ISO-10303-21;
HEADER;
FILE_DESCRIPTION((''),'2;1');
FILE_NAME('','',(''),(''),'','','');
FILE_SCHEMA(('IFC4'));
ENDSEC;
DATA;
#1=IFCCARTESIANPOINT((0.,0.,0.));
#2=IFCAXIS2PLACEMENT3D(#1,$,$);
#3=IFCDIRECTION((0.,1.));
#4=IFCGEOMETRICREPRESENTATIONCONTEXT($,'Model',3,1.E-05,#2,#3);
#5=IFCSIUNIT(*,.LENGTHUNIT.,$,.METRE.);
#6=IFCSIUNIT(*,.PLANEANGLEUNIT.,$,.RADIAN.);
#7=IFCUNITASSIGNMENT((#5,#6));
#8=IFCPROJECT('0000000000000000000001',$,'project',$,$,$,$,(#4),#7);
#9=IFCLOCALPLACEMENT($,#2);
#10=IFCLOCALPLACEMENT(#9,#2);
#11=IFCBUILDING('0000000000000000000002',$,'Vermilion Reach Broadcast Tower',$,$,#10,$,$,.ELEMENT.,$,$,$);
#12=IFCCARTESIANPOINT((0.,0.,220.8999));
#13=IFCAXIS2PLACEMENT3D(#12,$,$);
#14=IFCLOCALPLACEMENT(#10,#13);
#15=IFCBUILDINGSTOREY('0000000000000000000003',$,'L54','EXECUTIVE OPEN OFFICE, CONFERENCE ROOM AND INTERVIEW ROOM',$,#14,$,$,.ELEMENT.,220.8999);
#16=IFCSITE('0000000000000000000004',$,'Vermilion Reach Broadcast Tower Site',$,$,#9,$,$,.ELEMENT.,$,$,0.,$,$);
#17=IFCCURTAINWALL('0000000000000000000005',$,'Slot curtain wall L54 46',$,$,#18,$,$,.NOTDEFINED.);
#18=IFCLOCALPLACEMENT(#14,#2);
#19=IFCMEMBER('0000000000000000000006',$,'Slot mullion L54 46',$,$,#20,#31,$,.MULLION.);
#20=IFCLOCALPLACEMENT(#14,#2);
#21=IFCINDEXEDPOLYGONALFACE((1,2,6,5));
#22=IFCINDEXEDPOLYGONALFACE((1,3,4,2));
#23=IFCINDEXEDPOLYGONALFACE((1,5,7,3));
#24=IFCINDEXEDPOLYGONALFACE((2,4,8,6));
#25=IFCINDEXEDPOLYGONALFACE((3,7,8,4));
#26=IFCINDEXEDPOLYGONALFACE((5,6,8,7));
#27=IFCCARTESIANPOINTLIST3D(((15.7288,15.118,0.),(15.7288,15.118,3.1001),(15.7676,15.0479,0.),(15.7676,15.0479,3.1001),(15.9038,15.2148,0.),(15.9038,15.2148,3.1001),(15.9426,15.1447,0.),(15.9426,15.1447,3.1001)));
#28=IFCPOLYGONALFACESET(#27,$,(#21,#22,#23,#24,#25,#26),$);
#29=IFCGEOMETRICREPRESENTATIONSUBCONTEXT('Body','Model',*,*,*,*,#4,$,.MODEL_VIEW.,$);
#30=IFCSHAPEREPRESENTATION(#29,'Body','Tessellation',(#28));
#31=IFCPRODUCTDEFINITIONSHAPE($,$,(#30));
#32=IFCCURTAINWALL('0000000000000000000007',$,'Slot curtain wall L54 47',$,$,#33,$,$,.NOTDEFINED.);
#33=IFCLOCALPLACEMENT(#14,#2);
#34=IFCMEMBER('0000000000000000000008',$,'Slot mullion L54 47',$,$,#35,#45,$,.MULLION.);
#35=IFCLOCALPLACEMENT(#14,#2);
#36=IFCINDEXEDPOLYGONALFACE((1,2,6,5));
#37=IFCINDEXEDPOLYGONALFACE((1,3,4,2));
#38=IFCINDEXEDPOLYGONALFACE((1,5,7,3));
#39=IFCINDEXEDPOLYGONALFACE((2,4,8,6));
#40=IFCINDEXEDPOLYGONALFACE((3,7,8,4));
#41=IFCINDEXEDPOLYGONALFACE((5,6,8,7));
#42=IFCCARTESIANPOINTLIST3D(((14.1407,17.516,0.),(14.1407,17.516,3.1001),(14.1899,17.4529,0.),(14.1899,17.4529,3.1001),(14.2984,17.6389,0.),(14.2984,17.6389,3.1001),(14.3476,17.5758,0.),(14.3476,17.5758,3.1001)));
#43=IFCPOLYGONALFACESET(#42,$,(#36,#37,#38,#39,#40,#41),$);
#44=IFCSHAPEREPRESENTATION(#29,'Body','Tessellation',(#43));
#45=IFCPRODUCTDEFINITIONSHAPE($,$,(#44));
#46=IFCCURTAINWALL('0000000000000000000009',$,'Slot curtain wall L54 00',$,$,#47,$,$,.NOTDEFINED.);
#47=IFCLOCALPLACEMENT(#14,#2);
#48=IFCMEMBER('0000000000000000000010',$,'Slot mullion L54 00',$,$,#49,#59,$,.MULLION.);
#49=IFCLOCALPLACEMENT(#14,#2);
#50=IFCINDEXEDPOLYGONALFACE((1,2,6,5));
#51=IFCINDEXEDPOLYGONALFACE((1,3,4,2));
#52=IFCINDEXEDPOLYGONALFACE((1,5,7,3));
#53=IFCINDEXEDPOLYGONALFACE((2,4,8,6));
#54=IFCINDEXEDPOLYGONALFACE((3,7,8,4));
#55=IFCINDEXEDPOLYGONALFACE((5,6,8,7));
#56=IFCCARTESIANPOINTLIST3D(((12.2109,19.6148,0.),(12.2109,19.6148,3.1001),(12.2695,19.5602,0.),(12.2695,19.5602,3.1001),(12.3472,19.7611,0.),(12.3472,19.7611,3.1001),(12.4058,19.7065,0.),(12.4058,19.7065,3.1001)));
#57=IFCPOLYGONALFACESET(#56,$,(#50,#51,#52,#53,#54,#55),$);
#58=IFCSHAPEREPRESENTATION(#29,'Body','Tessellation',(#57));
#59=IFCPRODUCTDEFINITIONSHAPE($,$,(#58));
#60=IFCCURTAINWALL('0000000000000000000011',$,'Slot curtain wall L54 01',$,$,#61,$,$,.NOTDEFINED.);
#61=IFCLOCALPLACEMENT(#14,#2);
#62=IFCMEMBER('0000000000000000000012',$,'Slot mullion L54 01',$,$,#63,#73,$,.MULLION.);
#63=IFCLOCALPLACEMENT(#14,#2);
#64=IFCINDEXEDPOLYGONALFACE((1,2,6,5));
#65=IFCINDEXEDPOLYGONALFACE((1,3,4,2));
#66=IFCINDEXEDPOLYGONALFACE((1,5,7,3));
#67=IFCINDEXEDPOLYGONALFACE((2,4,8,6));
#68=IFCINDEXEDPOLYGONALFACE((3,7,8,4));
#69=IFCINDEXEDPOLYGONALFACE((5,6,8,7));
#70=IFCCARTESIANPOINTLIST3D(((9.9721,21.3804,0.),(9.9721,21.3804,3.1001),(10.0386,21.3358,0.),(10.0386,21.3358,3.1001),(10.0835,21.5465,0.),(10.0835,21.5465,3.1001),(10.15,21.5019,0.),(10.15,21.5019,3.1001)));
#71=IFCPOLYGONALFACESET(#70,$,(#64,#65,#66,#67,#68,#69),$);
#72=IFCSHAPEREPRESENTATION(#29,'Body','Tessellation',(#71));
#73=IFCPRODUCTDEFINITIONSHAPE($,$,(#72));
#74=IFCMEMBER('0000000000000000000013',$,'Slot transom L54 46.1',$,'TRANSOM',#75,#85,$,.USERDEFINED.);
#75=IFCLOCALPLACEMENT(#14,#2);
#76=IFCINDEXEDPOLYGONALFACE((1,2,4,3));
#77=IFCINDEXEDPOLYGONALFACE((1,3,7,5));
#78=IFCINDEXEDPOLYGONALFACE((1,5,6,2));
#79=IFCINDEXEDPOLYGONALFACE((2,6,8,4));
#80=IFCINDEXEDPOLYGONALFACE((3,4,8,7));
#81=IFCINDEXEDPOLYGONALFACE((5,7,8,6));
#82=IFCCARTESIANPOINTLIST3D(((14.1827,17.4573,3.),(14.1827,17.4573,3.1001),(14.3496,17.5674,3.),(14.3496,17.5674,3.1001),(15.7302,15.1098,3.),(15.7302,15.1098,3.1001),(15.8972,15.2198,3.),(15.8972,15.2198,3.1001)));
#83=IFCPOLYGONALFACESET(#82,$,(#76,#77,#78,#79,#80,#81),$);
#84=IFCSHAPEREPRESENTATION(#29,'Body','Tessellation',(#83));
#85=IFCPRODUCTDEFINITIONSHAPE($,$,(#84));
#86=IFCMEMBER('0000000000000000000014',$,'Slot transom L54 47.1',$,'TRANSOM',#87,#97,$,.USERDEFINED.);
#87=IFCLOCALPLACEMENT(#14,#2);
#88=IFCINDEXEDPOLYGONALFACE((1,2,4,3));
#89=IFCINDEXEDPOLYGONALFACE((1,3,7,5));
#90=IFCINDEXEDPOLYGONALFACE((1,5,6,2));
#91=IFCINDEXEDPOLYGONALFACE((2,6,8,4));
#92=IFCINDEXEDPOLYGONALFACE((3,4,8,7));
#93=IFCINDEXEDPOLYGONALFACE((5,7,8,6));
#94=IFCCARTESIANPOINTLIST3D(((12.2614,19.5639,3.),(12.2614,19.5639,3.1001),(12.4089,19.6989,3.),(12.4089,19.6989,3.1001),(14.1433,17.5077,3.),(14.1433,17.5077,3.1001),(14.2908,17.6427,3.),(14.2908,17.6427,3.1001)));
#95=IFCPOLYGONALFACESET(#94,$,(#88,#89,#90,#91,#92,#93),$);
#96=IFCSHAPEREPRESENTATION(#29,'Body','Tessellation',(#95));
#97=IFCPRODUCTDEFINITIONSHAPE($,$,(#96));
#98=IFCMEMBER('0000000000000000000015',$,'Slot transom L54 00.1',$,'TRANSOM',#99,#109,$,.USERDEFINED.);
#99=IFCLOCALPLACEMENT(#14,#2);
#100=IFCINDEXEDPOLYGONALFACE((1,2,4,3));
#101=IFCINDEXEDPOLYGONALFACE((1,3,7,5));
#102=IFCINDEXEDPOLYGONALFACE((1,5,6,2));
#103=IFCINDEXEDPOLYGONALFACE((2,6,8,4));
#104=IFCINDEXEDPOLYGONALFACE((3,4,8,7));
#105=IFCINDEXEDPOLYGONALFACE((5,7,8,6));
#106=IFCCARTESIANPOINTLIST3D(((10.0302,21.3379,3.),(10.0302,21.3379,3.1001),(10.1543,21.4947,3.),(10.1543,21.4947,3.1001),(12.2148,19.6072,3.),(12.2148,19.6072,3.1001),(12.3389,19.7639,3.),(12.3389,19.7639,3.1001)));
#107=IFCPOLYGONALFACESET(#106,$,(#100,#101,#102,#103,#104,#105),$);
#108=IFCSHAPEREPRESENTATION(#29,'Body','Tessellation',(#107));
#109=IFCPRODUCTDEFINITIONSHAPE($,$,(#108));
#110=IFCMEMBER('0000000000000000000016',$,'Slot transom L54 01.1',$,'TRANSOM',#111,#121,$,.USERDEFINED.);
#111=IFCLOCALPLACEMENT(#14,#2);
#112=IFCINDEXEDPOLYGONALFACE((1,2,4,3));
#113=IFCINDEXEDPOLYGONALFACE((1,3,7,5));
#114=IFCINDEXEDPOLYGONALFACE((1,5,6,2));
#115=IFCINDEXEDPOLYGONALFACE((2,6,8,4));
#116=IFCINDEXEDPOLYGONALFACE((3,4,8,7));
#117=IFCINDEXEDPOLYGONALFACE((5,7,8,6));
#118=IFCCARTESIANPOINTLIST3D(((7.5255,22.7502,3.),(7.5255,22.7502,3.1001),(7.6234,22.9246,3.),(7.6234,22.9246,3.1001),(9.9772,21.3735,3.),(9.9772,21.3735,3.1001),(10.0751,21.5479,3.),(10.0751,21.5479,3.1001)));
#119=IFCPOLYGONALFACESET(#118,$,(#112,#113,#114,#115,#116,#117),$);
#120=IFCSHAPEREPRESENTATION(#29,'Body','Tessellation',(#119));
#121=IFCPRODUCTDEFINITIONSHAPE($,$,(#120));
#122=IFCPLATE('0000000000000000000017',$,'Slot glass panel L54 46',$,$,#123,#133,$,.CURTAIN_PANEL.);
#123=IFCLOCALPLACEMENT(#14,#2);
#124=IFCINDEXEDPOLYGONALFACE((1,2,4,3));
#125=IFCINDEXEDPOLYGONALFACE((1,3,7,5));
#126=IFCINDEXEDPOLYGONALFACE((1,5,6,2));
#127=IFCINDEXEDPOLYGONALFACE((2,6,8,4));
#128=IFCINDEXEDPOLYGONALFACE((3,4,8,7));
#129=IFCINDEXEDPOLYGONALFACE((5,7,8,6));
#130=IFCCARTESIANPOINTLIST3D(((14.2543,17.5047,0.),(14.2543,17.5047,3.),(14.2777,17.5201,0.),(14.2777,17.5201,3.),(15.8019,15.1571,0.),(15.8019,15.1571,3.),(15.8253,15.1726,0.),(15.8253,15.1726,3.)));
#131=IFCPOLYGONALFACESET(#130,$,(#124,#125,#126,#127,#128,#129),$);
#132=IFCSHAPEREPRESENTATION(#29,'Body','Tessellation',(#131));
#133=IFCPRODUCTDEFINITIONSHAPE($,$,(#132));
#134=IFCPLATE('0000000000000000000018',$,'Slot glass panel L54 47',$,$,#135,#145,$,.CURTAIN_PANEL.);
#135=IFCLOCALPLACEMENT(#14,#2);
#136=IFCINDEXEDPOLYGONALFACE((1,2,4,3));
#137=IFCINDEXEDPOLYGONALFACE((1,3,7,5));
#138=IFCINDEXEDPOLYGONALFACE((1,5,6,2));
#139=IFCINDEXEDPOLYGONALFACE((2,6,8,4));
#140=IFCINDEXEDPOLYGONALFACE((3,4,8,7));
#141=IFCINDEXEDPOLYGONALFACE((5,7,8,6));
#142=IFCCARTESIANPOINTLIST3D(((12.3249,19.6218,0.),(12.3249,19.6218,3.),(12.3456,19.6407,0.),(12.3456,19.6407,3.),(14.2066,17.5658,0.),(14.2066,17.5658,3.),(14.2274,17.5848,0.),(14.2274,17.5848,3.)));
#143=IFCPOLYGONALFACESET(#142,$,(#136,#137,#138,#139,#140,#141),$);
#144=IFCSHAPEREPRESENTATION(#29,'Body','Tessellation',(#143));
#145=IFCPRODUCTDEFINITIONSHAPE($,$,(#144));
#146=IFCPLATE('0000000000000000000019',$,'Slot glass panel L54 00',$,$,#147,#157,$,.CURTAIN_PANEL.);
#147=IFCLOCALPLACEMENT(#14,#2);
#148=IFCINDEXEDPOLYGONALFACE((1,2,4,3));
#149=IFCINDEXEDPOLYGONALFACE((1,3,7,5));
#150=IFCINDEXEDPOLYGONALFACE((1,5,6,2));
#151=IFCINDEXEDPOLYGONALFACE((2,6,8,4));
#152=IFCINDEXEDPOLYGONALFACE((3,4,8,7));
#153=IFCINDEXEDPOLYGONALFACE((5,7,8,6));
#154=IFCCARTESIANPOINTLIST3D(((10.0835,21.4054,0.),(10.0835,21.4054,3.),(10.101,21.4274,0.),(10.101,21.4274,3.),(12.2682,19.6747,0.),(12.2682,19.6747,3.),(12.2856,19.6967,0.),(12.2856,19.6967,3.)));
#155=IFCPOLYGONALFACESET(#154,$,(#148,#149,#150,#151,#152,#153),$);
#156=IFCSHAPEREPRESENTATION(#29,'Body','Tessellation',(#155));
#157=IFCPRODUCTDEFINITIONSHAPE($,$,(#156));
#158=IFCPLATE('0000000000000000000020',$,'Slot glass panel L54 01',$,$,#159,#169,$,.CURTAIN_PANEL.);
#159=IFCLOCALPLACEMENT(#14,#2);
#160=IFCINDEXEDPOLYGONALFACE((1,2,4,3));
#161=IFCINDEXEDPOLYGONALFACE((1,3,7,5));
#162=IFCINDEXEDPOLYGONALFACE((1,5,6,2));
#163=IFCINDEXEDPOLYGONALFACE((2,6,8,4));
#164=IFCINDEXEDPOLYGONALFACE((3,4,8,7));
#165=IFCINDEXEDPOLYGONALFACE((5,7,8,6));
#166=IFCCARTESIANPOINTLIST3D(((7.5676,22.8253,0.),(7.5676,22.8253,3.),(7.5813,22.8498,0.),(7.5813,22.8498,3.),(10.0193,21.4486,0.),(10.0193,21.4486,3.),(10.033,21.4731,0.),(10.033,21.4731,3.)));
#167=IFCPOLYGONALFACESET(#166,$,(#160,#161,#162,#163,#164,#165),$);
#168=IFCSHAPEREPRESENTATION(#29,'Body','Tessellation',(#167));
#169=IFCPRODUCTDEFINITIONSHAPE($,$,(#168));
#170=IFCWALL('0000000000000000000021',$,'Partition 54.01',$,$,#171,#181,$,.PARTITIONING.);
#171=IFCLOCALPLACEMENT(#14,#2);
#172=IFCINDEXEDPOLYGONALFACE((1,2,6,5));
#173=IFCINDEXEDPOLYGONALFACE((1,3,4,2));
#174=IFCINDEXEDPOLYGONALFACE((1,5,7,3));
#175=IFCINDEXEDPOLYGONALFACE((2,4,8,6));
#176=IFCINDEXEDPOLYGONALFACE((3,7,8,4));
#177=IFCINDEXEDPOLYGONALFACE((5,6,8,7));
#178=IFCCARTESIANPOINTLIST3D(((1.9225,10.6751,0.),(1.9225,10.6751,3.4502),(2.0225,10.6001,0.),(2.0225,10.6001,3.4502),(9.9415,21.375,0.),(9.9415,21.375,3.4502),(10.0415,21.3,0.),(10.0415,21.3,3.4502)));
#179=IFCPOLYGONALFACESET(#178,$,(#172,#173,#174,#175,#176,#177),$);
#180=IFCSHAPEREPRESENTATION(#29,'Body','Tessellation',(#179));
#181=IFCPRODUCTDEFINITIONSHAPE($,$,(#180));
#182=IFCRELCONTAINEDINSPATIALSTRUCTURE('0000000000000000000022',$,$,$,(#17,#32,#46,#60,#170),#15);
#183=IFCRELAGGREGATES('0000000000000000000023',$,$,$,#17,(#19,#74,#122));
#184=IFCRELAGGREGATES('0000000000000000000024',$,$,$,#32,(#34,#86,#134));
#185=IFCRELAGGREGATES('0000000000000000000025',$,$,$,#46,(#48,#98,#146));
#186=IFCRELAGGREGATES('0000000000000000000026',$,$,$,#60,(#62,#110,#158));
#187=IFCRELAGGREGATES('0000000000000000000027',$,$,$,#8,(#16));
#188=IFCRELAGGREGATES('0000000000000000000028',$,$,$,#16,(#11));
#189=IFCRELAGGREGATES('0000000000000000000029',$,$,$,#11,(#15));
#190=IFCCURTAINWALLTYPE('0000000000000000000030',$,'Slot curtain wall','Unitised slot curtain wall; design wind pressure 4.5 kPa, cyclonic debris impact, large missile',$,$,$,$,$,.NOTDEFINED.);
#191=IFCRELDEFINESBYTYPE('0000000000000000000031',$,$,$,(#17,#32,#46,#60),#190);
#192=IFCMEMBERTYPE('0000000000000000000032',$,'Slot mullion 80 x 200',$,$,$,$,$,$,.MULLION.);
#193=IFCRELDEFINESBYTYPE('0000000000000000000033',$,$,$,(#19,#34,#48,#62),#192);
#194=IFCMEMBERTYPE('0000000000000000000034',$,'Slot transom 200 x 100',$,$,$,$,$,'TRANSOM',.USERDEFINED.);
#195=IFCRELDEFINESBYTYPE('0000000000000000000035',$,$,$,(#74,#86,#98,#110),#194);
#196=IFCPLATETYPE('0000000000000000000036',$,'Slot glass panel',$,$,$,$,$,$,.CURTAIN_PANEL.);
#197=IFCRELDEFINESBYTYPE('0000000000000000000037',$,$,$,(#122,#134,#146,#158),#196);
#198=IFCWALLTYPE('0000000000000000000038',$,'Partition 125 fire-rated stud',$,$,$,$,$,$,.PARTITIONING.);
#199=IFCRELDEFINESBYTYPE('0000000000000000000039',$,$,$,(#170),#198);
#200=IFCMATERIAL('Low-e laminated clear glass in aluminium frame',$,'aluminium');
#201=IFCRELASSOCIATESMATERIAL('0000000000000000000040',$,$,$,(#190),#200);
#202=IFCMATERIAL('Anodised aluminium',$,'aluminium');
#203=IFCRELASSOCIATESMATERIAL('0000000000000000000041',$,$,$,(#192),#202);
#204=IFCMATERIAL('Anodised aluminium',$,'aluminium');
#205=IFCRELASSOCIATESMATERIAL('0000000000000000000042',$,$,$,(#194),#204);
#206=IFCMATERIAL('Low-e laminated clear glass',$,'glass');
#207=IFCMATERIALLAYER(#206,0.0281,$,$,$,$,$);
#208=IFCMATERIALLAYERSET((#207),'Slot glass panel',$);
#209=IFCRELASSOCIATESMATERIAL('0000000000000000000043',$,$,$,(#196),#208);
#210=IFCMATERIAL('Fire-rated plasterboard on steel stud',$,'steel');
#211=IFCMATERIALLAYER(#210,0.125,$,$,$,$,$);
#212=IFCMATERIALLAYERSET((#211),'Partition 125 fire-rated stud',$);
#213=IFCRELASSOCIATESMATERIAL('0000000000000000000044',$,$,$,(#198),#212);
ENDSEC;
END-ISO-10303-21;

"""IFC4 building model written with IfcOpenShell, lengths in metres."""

from ifc_helpers import new_model, si_unit, direction, frame, frame_2d, origin, origin_2d, place, context, subcontext, project, spatial, rectangle, extrude, material, layer, layer_set, material_profile, profile_set, type_object, element, aggregate, save


model = new_model("IFC4")

# Units and contexts
model_context = context("Model", 3, precision=1e-05, world=origin(), true_north=direction((0.0, 1.0)))
body_context = subcontext(model_context, "Body", "Model", "MODEL_VIEW")
ifc_project = project(units=[si_unit("LENGTHUNIT", "METRE"), si_unit("PLANEANGLEUNIT", "RADIAN")], contexts=[model_context])

# Site, building, storey
site_placement = place(None, origin())
site = spatial("IfcSite", under=ifc_project, at=site_placement, Name="Vermilion Reach Broadcast Tower Site", CompositionType="ELEMENT", RefElevation=0.0)
building_placement = place(site_placement, origin())
building = spatial("IfcBuilding", under=site, at=building_placement, Name="Vermilion Reach Broadcast Tower", CompositionType="ELEMENT")
storey_placement = place(building_placement, frame((0.0, 0.0, 220.8999)))
storey = spatial("IfcBuildingStorey", under=building, at=storey_placement, Name="L54", Description="EXECUTIVE OPEN OFFICE, CONFERENCE ROOM AND INTERVIEW ROOM", CompositionType="ELEMENT", Elevation=220.8999)

# Curtain walls, members
ifc_material_1 = material(Name="Low-e laminated clear glass in aluminium frame", Category="aluminium")
curtain_wall_type = type_object("IfcCurtainWallType", Name="Slot curtain wall", Description="Unitised slot curtain wall; design wind pressure 4.5 kPa, cyclonic debris impact, large missile", PredefinedType="NOTDEFINED", material=ifc_material_1)
placement = place(storey_placement, origin())
curtain_wall_1 = element("IfcCurtainWall", 1, at=placement, inside=storey, type_object=curtain_wall_type, Name="Slot curtain wall L54 46", PredefinedType="NOTDEFINED")
ifc_material_2 = material(Name="Anodised aluminium", Category="aluminium")
ifc_material_profile_1 = material_profile(ifc_material_2, rectangle(XDim=0.2, YDim=0.0801, at=origin_2d()), Name="Slot mullion 80 x 200")
ifc_profile_set_1 = profile_set([ifc_material_profile_1], Name="Anodised aluminium")
member_type_1 = type_object("IfcMemberType", Name="Slot mullion 80 x 200", PredefinedType="MULLION", material=ifc_profile_set_1)
member_1_placement = place(storey_placement, frame((15.8357, 15.1313, 0.0), z_axis=(0.0, 0.0, 1.0), x_axis=(-0.874903, -0.484299, 0.0)))
member_1 = element("IfcMember", 2, at=member_1_placement, type_object=member_type_1, Name="Slot mullion L54 46", PredefinedType="MULLION", context=body_context, shape_type="SweptSolid", body=[
    extrude(rectangle(XDim=0.2, YDim=0.0801, at=origin_2d()), origin(), (0.0, 0.0, 1.0), 3.1001),
])
curtain_wall_2 = element("IfcCurtainWall", 3, at=placement, inside=storey, type_object=curtain_wall_type, Name="Slot curtain wall L54 47", PredefinedType="NOTDEFINED")
member_2_placement = place(storey_placement, frame((14.2441, 17.5459, 0.0), z_axis=(0.0, 0.0, 1.0), x_axis=(-0.78875, -0.614714, 0.0)))
member_2 = element("IfcMember", 4, at=member_2_placement, type_object=member_type_1, Name="Slot mullion L54 47", PredefinedType="MULLION", context=body_context, shape_type="SweptSolid", body=[
    extrude(rectangle(XDim=0.2, YDim=0.0801, at=origin_2d()), origin(), (0.0, 0.0, 1.0), 3.1001),
])
curtain_wall_3 = element("IfcCurtainWall", 5, at=placement, inside=storey, type_object=curtain_wall_type, Name="Slot curtain wall L54 00", PredefinedType="NOTDEFINED")
member_3_placement = place(storey_placement, frame((12.3083, 19.6606, 0.0), z_axis=(0.0, 0.0, 1.0), x_axis=(-0.681487, -0.73183, 0.0)))
member_3 = element("IfcMember", 6, at=member_3_placement, type_object=member_type_1, Name="Slot mullion L54 00", PredefinedType="MULLION", context=body_context, shape_type="SweptSolid", body=[
    extrude(rectangle(XDim=0.2, YDim=0.0801, at=origin_2d()), origin(), (0.0, 0.0, 1.0), 3.1001),
])
curtain_wall_4 = element("IfcCurtainWall", 7, at=placement, inside=storey, type_object=curtain_wall_type, Name="Slot curtain wall L54 01", PredefinedType="NOTDEFINED")
member_4_placement = place(storey_placement, frame((10.061, 21.4412, 0.0), z_axis=(0.0, 0.0, 1.0), x_axis=(-0.557037, -0.830488, 0.0)))
member_4 = element("IfcMember", 8, at=member_4_placement, type_object=member_type_1, Name="Slot mullion L54 01", PredefinedType="MULLION", context=body_context, shape_type="SweptSolid", body=[
    extrude(rectangle(XDim=0.2, YDim=0.0801, at=origin_2d()), origin(), (0.0, 0.0, 1.0), 3.1001),
])

# Members
ifc_material_3 = material(Name="Anodised aluminium", Category="aluminium")
ifc_material_profile_2 = material_profile(ifc_material_3, rectangle(XDim=0.2, YDim=0.1001, at=origin_2d()), Name="Slot transom 200 x 100")
ifc_profile_set_2 = profile_set([ifc_material_profile_2], Name="Anodised aluminium")
member_type_2 = type_object("IfcMemberType", Name="Slot transom 200 x 100", ElementType="TRANSOM", PredefinedType="USERDEFINED", material=ifc_profile_set_2)
member_5_placement = place(storey_placement, frame((15.8137, 15.1648, 3.05), z_axis=(-0.550385, 0.834911, 0.0), x_axis=(-0.834911, -0.550385, 0.0)))
member_5 = element("IfcMember", 9, at=member_5_placement, type_object=member_type_2, Name="Slot transom L54 46.1", ObjectType="TRANSOM", PredefinedType="USERDEFINED", context=body_context, shape_type="SweptSolid", body=[
    extrude(rectangle(XDim=0.2, YDim=0.1001, at=origin_2d()), origin(), (0.0, 0.0, 1.0), 2.8118),
])
member_6_placement = place(storey_placement, frame((14.217, 17.5752, 3.05), z_axis=(-0.675145, 0.737685, 0.0), x_axis=(-0.737685, -0.675145, 0.0)))
member_6 = element("IfcMember", 10, at=member_6_placement, type_object=member_type_2, Name="Slot transom L54 47.1", ObjectType="TRANSOM", PredefinedType="USERDEFINED", context=body_context, shape_type="SweptSolid", body=[
    extrude(rectangle(XDim=0.2, YDim=0.1001, at=origin_2d()), origin(), (0.0, 0.0, 1.0), 2.7874),
])
member_7_placement = place(storey_placement, frame((12.2769, 19.6855, 3.05), z_axis=(-0.783826, 0.620981, 0.0), x_axis=(-0.620981, -0.783826, 0.0)))
member_7 = element("IfcMember", 11, at=member_7_placement, type_object=member_type_2, Name="Slot transom L54 00.1", ObjectType="TRANSOM", PredefinedType="USERDEFINED", context=body_context, shape_type="SweptSolid", body=[
    extrude(rectangle(XDim=0.2, YDim=0.1001, at=origin_2d()), origin(), (0.0, 0.0, 1.0), 2.7871),
])
member_8_placement = place(storey_placement, frame((10.0261, 21.4607, 3.05), z_axis=(-0.871932, 0.489626, 0.0), x_axis=(-0.489626, -0.871932, 0.0)))
member_8 = element("IfcMember", 12, at=member_8_placement, type_object=member_type_2, Name="Slot transom L54 01.1", ObjectType="TRANSOM", PredefinedType="USERDEFINED", context=body_context, shape_type="SweptSolid", body=[
    extrude(rectangle(XDim=0.2, YDim=0.1001, at=origin_2d()), origin(), (0.0, 0.0, 1.0), 2.8118),
])

# Plates
ifc_material_4 = material(Name="Low-e laminated clear glass", Category="glass")
ifc_layer_1 = layer(ifc_material_4, 0.0281)
ifc_layer_set_1 = layer_set([ifc_layer_1], Name="Slot glass panel")
plate_type = type_object("IfcPlateType", Name="Slot glass panel", PredefinedType="CURTAIN_PANEL", material=ifc_layer_set_1)
plate_1_placement = place(storey_placement, frame((15.0398, 16.3386, 0.0), z_axis=(0.0, 0.0, 1.0), x_axis=(-0.550414, 0.834892, 0.0)))
plate_1 = element("IfcPlate", 13, at=plate_1_placement, type_object=plate_type, Name="Slot glass panel L54 46", PredefinedType="CURTAIN_PANEL", context=body_context, shape_type="SweptSolid", body=[
    extrude(rectangle(XDim=2.8118, YDim=0.0281, at=origin_2d()), origin(), (0.0, 0.0, 1.0), 3.0),
])
aggregate(curtain_wall_1, [member_1, member_5, plate_1])
plate_2_placement = place(storey_placement, frame((13.2761, 18.6033, 0.0), z_axis=(0.0, 0.0, 1.0), x_axis=(-0.675162, 0.737669, 0.0)))
plate_2 = element("IfcPlate", 14, at=plate_2_placement, type_object=plate_type, Name="Slot glass panel L54 47", PredefinedType="CURTAIN_PANEL", context=body_context, shape_type="SweptSolid", body=[
    extrude(rectangle(XDim=2.7871, YDim=0.0281, at=origin_2d()), origin(), (0.0, 0.0, 1.0), 3.0),
])
aggregate(curtain_wall_2, [member_2, member_6, plate_2])
plate_3_placement = place(storey_placement, frame((11.1846, 20.551, 0.0), z_axis=(0.0, 0.0, 1.0), x_axis=(-0.783837, 0.620966, 0.0)))
plate_3 = element("IfcPlate", 15, at=plate_3_placement, type_object=plate_type, Name="Slot glass panel L54 00", PredefinedType="CURTAIN_PANEL", context=body_context, shape_type="SweptSolid", body=[
    extrude(rectangle(XDim=2.7871, YDim=0.0281, at=origin_2d()), origin(), (0.0, 0.0, 1.0), 3.0),
])
aggregate(curtain_wall_3, [member_3, member_7, plate_3])
plate_4_placement = place(storey_placement, frame((8.8003, 22.1492, 0.0), z_axis=(0.0, 0.0, 1.0), x_axis=(-0.871937, 0.489618, 0.0)))
plate_4 = element("IfcPlate", 16, at=plate_4_placement, type_object=plate_type, Name="Slot glass panel L54 01", PredefinedType="CURTAIN_PANEL", context=body_context, shape_type="SweptSolid", body=[
    extrude(rectangle(XDim=2.8118, YDim=0.0281, at=origin_2d()), origin(), (0.0, 0.0, 1.0), 3.0),
])
aggregate(curtain_wall_4, [member_4, member_8, plate_4])

# Wall
ifc_material_5 = material(Name="Fire-rated plasterboard on steel stud", Category="steel")
ifc_layer_2 = layer(ifc_material_5, 0.125)
ifc_layer_set_2 = layer_set([ifc_layer_2], Name="Partition 125 fire-rated stud")
wall_type = type_object("IfcWallType", Name="Partition 125 fire-rated stud", PredefinedType="PARTITIONING", material=ifc_layer_set_2)
wall_placement = place(storey_placement, frame((9.9915, 21.3374, 0.0), z_axis=(0.0, 0.0, 1.0), x_axis=(-0.599717, -0.800212, 0.0)))
element("IfcWall", 17, at=wall_placement, inside=storey, type_object=wall_type, Name="Partition 54.01", PredefinedType="PARTITIONING", context=body_context, shape_type="SweptSolid", body=[
    extrude(rectangle(XDim=13.3713, YDim=0.125, at=frame_2d((6.6855, 0.0))), origin(), (0.0, 0.0, 1.0), 3.4502),
])

save(model, "model.ifc")
